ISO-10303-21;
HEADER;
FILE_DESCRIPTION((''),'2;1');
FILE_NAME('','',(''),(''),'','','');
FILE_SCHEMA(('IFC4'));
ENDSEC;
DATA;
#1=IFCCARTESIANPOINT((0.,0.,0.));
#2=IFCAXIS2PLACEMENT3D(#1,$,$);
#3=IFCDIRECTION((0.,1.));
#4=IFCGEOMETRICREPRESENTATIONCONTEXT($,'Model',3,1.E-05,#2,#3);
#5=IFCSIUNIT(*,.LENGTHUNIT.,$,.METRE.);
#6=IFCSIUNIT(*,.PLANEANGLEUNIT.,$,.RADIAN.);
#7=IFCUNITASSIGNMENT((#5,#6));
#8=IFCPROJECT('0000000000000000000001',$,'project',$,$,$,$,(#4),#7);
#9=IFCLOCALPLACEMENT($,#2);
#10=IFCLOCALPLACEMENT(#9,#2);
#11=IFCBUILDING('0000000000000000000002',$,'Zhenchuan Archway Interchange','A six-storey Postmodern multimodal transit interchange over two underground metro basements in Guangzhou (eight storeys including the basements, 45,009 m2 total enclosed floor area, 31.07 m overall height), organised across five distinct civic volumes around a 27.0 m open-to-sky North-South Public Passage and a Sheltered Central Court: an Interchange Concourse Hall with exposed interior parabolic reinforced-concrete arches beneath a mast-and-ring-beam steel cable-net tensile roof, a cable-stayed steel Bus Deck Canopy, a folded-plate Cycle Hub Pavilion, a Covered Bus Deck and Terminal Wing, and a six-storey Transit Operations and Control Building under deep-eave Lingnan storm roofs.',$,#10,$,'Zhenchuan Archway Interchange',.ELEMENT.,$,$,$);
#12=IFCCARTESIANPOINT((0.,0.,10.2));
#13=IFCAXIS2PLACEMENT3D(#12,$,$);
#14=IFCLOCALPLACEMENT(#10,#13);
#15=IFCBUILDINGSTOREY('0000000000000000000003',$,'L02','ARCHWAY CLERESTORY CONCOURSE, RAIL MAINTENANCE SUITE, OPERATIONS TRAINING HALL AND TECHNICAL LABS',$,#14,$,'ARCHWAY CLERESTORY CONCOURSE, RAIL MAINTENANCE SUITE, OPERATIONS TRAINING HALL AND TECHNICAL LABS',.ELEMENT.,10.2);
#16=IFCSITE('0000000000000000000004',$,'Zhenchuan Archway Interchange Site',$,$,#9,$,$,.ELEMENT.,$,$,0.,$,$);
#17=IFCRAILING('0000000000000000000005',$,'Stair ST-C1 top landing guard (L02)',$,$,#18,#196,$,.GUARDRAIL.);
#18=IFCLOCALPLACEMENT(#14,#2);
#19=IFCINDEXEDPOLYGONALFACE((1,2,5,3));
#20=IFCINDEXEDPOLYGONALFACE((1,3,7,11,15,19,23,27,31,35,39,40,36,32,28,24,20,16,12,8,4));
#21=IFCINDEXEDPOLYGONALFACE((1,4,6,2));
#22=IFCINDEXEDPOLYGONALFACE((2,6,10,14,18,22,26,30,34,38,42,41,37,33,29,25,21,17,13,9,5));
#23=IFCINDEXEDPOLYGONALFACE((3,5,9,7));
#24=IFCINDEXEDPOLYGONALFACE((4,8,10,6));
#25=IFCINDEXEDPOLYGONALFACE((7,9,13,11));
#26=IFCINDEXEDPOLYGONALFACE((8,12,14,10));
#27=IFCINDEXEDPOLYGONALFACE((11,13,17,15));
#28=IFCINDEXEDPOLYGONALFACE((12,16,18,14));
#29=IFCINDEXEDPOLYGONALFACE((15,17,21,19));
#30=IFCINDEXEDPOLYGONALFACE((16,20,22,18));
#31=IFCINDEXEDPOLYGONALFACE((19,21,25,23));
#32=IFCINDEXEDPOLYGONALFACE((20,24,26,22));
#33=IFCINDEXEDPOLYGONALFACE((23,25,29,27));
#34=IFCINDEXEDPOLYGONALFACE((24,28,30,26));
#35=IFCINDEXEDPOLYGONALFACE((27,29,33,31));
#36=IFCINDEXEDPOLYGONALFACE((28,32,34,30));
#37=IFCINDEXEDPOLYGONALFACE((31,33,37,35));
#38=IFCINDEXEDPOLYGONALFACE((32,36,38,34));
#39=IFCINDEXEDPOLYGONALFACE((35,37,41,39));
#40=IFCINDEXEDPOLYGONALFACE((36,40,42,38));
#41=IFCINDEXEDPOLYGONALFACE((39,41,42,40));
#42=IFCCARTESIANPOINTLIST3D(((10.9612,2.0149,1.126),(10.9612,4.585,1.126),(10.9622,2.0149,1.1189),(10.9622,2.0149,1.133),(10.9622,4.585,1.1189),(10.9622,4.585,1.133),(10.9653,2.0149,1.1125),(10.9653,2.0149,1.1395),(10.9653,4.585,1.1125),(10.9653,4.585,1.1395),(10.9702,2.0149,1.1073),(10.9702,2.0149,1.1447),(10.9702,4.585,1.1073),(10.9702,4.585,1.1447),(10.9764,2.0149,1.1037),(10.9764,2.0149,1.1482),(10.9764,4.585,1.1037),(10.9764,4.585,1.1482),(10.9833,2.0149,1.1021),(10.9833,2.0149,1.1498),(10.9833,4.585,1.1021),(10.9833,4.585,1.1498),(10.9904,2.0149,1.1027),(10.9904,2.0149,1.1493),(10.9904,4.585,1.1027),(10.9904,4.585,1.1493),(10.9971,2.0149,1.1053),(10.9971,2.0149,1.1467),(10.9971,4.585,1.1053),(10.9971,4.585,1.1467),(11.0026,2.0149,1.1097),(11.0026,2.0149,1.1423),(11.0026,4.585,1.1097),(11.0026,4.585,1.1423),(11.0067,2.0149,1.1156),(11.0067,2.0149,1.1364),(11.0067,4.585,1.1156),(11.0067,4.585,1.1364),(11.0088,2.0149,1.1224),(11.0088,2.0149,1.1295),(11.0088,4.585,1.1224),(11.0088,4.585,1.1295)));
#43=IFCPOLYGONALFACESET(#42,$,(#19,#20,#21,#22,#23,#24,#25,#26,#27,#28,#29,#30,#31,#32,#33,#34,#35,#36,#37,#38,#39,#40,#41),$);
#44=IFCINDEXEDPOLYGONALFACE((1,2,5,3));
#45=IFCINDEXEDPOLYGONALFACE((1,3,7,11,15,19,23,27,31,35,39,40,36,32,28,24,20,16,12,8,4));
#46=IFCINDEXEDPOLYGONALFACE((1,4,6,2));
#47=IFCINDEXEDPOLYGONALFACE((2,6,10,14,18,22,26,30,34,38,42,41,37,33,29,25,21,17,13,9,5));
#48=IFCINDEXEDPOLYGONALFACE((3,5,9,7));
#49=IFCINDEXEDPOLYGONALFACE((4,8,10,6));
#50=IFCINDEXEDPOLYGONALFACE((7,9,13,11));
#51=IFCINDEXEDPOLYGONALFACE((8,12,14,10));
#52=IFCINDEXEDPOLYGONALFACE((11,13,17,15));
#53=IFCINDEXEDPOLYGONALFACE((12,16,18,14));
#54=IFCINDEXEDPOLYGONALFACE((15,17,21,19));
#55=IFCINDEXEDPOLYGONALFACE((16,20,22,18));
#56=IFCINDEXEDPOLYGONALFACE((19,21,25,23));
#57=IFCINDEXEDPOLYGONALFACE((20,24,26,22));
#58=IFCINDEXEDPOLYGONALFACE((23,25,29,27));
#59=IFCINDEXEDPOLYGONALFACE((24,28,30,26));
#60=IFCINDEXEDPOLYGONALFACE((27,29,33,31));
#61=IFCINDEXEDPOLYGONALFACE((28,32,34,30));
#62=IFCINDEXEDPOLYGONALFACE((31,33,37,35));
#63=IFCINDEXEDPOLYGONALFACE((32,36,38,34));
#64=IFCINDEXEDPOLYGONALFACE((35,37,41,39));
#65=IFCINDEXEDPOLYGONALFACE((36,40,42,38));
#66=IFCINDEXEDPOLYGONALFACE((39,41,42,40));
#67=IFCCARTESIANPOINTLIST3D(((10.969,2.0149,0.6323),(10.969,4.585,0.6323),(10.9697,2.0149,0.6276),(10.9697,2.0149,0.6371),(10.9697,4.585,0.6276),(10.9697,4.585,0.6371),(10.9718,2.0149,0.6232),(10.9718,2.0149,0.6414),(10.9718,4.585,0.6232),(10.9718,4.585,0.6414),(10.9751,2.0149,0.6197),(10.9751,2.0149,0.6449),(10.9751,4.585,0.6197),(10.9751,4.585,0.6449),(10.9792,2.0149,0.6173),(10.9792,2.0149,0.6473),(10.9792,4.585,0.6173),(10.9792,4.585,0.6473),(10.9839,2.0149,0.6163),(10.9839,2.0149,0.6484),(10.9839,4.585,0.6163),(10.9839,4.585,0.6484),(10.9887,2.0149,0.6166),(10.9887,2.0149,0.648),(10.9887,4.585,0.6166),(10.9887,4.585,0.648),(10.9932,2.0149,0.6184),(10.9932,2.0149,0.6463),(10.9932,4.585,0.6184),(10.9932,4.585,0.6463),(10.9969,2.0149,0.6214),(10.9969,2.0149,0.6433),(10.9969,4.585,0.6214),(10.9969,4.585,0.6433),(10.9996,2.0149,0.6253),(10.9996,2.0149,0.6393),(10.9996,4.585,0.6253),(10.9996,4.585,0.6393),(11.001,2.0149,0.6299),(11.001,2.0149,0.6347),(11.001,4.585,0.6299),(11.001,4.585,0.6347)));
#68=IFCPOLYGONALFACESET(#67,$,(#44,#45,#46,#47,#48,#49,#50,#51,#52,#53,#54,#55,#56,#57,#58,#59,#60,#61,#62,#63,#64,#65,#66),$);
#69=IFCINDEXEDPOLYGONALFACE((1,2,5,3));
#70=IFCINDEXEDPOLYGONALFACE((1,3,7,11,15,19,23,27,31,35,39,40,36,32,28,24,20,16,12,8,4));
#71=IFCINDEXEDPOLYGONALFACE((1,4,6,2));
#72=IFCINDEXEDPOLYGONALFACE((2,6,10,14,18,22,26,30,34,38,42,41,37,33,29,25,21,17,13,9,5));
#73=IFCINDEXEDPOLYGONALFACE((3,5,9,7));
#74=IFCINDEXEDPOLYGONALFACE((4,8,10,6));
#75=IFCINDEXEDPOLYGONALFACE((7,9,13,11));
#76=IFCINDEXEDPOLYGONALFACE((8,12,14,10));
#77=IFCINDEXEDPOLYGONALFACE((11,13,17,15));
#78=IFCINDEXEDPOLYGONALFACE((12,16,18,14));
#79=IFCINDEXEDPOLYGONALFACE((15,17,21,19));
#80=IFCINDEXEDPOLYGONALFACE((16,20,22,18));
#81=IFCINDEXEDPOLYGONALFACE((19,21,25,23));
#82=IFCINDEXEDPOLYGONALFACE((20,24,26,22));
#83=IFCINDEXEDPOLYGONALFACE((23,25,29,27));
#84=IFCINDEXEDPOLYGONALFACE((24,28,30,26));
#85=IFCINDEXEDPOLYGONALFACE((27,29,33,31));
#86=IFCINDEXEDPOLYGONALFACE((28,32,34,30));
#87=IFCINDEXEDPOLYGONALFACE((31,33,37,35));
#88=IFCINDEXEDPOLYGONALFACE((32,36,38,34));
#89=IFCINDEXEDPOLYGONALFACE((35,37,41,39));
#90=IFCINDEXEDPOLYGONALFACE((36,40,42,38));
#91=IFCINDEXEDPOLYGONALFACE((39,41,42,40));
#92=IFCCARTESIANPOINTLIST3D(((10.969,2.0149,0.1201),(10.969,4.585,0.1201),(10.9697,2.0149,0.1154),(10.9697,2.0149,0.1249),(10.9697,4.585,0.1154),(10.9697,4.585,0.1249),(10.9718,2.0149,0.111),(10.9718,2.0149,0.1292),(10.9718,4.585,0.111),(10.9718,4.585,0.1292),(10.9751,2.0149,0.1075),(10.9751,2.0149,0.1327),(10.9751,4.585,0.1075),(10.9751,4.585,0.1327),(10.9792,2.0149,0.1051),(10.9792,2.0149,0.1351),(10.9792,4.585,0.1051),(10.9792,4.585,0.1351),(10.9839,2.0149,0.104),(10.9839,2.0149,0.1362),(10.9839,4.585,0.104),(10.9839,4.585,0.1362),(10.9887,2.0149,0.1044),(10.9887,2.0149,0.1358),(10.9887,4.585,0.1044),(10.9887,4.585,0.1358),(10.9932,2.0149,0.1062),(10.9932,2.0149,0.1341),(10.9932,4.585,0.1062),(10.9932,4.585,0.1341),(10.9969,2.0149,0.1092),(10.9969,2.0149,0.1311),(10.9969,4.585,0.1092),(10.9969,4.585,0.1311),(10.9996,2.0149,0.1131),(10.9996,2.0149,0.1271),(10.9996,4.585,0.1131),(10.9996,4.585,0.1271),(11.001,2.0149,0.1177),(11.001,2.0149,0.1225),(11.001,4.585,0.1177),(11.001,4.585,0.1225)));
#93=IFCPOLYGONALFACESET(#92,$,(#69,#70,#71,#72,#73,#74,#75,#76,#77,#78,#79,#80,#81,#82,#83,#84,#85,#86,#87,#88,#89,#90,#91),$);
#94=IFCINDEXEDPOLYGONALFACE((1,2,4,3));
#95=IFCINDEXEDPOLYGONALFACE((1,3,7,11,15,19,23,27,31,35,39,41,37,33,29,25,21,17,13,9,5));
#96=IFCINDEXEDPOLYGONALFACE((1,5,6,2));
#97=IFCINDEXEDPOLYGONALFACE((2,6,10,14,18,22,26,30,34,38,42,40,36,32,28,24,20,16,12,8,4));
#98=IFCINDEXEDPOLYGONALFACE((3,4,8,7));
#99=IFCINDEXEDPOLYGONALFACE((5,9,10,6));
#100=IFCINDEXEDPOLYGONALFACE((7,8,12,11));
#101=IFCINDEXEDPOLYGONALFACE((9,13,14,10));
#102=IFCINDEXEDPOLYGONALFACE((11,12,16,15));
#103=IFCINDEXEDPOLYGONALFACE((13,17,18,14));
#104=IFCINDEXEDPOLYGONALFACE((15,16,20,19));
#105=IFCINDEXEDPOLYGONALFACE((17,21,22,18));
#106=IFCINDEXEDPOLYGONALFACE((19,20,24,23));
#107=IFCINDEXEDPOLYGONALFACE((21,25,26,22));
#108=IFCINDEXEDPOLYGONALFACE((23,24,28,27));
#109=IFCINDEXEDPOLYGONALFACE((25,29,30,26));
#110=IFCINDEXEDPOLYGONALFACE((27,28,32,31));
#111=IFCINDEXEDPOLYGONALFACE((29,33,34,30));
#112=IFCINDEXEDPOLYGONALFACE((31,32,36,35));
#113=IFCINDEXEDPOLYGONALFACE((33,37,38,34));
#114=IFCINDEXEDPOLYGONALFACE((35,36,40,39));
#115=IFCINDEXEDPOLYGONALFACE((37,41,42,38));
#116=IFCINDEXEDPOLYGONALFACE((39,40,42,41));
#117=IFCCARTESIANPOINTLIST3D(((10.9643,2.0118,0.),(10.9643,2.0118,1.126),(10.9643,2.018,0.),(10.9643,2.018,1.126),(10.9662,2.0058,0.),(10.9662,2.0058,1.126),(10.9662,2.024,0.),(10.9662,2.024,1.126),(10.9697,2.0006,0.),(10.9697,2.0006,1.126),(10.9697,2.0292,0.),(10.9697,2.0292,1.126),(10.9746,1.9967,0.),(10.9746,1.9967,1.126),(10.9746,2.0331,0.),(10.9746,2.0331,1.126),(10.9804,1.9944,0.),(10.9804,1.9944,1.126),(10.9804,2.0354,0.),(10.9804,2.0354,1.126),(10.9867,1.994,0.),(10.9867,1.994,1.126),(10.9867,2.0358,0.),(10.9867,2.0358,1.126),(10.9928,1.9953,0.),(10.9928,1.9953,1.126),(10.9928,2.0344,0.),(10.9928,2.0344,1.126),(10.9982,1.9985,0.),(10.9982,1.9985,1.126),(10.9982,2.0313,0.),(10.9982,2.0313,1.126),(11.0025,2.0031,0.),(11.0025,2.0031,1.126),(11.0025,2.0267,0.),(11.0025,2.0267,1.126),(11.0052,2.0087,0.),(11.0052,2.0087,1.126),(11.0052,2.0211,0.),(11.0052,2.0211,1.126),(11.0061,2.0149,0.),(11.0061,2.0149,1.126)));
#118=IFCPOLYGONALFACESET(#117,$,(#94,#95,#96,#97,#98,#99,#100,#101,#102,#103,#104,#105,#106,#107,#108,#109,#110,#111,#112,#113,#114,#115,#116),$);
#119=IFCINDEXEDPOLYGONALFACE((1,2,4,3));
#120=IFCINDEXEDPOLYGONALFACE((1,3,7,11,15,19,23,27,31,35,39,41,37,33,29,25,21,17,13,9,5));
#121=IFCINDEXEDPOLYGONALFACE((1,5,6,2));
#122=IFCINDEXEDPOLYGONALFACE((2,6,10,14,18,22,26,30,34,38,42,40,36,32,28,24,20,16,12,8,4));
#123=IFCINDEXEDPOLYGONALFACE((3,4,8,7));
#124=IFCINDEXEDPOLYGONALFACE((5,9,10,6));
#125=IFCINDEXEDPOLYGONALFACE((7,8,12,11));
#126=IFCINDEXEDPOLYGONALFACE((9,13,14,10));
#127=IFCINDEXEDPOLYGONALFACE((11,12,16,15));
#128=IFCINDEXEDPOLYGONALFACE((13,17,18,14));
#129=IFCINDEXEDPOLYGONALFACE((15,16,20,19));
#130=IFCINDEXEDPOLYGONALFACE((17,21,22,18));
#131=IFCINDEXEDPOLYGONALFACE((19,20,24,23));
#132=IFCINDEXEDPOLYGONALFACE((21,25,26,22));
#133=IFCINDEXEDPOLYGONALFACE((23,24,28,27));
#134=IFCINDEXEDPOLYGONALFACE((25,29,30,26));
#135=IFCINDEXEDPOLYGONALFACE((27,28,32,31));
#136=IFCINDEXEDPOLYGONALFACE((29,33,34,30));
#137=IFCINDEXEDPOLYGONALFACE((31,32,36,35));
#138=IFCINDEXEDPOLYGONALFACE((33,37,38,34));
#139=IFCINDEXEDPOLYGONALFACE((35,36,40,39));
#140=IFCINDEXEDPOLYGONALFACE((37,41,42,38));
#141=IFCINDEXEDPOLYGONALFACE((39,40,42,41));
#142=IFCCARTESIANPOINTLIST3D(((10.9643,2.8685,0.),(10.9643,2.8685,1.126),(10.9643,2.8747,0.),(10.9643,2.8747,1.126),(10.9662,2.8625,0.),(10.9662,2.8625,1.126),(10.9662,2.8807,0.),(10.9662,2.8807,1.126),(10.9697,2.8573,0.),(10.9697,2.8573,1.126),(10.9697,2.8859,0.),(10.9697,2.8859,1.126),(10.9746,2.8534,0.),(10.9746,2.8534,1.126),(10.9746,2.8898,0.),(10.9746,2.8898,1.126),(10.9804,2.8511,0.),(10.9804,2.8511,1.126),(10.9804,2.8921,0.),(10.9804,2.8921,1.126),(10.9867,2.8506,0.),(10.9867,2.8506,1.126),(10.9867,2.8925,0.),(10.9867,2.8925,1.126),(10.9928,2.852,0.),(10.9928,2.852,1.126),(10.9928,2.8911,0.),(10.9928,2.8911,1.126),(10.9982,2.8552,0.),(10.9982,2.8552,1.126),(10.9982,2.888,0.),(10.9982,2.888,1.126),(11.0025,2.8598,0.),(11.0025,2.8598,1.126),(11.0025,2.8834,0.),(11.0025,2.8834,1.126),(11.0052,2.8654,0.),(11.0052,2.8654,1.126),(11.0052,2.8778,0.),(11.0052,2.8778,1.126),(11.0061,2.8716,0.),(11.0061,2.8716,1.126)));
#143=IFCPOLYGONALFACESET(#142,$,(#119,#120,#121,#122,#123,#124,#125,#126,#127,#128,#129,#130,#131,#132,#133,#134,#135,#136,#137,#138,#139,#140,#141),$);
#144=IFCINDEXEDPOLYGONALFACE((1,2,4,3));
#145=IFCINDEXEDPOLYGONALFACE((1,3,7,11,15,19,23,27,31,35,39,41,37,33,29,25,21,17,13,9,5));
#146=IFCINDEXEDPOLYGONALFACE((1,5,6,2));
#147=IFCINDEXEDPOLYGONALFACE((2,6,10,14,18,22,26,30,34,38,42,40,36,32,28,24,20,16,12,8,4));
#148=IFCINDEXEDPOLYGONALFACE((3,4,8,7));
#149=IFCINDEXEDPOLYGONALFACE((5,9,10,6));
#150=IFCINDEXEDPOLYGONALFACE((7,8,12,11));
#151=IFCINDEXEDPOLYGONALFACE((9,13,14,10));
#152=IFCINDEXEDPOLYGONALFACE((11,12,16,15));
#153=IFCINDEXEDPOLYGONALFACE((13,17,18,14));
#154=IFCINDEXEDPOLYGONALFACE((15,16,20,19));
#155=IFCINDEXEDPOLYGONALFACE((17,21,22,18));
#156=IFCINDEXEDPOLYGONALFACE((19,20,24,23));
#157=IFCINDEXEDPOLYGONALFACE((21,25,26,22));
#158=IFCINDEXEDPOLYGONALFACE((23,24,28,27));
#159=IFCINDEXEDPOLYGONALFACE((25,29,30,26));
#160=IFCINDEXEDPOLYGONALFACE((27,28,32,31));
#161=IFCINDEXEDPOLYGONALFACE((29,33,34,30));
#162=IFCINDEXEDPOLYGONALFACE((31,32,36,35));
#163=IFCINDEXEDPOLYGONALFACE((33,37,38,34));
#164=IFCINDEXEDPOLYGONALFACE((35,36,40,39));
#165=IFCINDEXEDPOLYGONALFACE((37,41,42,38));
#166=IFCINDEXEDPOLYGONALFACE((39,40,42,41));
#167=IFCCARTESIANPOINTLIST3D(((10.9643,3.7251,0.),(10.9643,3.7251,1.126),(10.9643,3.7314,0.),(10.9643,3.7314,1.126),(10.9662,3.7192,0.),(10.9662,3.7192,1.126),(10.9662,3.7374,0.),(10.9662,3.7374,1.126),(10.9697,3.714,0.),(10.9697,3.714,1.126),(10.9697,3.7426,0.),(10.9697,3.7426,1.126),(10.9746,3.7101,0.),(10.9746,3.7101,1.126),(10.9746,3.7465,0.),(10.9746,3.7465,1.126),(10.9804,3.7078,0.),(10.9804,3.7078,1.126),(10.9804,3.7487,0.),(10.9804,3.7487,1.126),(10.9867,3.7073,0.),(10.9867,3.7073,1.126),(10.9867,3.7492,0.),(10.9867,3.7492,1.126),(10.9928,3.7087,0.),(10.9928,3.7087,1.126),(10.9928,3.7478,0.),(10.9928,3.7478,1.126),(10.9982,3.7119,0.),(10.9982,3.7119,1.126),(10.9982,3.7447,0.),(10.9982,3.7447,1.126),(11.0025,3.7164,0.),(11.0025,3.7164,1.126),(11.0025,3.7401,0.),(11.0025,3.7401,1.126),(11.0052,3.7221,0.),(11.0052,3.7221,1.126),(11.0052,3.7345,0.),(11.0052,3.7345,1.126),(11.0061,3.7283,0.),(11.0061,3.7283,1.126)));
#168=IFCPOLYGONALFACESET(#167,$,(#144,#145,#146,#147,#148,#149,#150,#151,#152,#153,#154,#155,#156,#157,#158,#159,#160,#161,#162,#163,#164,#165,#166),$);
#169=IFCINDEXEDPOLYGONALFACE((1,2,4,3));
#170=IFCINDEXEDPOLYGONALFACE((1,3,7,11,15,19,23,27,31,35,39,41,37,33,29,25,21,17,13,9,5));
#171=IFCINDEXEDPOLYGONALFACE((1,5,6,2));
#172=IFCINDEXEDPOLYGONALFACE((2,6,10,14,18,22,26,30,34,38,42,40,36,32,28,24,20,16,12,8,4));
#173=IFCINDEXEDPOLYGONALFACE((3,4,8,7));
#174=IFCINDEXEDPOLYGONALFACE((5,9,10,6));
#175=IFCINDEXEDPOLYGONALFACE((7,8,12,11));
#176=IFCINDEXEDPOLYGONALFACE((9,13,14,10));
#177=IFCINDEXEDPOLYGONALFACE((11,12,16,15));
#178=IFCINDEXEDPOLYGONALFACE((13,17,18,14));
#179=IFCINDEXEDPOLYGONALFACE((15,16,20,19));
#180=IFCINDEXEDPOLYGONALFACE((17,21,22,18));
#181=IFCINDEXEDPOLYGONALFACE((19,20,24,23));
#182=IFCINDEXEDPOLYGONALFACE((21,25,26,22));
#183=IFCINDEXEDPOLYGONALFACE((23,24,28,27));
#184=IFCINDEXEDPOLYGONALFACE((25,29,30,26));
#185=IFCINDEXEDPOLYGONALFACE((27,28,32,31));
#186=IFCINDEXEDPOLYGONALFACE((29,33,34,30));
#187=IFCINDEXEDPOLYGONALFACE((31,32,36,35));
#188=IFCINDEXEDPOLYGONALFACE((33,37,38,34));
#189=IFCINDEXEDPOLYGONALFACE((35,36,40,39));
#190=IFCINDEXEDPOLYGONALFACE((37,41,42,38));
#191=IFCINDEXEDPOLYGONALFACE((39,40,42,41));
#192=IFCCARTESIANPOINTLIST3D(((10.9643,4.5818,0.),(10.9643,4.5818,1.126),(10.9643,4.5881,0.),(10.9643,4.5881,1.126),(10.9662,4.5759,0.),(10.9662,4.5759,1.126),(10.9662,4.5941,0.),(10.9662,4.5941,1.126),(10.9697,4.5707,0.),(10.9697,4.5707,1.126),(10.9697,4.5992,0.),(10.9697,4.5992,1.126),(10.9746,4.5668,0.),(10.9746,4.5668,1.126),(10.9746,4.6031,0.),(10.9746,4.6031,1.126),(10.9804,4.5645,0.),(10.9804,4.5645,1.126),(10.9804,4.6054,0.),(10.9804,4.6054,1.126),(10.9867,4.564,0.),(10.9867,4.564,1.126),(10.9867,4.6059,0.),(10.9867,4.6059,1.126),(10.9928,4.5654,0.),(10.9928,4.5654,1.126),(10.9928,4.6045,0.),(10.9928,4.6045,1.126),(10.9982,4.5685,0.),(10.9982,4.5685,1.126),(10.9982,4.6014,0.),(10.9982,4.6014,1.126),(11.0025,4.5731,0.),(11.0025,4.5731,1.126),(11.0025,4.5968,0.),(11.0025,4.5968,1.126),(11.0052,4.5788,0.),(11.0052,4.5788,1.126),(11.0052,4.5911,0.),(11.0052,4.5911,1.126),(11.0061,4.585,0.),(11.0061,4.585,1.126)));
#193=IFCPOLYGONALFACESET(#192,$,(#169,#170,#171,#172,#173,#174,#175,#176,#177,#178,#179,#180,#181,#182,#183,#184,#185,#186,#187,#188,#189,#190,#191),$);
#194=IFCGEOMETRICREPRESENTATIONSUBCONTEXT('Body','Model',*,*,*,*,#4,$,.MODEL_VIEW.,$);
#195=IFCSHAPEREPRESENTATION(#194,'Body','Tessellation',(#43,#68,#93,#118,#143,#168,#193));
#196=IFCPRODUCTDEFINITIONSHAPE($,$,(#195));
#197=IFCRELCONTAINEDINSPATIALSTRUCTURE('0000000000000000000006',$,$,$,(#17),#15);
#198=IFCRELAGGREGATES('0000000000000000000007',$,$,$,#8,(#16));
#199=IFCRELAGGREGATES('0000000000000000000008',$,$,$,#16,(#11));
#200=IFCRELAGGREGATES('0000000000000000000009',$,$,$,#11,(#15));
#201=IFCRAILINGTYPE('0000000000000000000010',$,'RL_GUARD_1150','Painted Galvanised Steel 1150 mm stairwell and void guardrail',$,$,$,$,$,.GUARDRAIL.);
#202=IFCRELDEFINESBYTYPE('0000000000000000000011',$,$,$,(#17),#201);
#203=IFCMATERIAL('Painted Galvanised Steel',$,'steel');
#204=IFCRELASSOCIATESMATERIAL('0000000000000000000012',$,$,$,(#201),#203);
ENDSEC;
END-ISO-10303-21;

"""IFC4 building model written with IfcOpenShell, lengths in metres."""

from ifc_helpers import new_model, si_unit, direction, frame, origin, origin_2d, place, context, subcontext, project, spatial, circle, extrude, material, type_object, element, save


model = new_model("IFC4")

# Units and contexts
model_context = context("Model", 3, precision=1e-05, world=origin(), true_north=direction((0.0, 1.0)))
body_context = subcontext(model_context, "Body", "Model", "MODEL_VIEW")
ifc_project = project(units=[si_unit("LENGTHUNIT", "METRE"), si_unit("PLANEANGLEUNIT", "RADIAN")], contexts=[model_context])

# Site, building, storey
site_placement = place(None, origin())
site = spatial("IfcSite", under=ifc_project, at=site_placement, Name="Zhenchuan Archway Interchange Site", CompositionType="ELEMENT", RefElevation=0.0)
building_placement = place(site_placement, origin())
building = spatial("IfcBuilding", under=site, at=building_placement, Name="Zhenchuan Archway Interchange", Description="A six-storey Postmodern multimodal transit interchange over two underground metro basements in Guangzhou (eight storeys including the basements, 45,009 m2 total enclosed floor area, 31.07 m overall height), organised across five distinct civic volumes around a 27.0 m open-to-sky North-South Public Passage and a Sheltered Central Court: an Interchange Concourse Hall with exposed interior parabolic reinforced-concrete arches beneath a mast-and-ring-beam steel cable-net tensile roof, a cable-stayed steel Bus Deck Canopy, a folded-plate Cycle Hub Pavilion, a Covered Bus Deck and Terminal Wing, and a six-storey Transit Operations and Control Building under deep-eave Lingnan storm roofs.", LongName="Zhenchuan Archway Interchange", CompositionType="ELEMENT")
storey_placement = place(building_placement, frame((0.0, 0.0, 10.2)))
storey = spatial("IfcBuildingStorey", under=building, at=storey_placement, Name="L02", Description="ARCHWAY CLERESTORY CONCOURSE, RAIL MAINTENANCE SUITE, OPERATIONS TRAINING HALL AND TECHNICAL LABS", LongName="ARCHWAY CLERESTORY CONCOURSE, RAIL MAINTENANCE SUITE, OPERATIONS TRAINING HALL AND TECHNICAL LABS", CompositionType="ELEMENT", Elevation=10.2)

# Shared definitions
ifc_material_1 = material(Name="Painted Galvanised Steel", Category="steel")

# Railing
railing_type = type_object("IfcRailingType", Name="RL_GUARD_1150", Description="Painted Galvanised Steel 1150 mm stairwell and void guardrail", PredefinedType="GUARDRAIL", material=ifc_material_1)
railing_placement = place(storey_placement, frame((10.9851, 2.0149, 0.0)))
element("IfcRailing", 1, at=railing_placement, inside=storey, type_object=railing_type, Name="Stair ST-C1 top landing guard (L02)", PredefinedType="GUARDRAIL", context=body_context, shape_type="SweptSolid", body=[
    extrude(circle(Radius=0.0239, at=origin_2d()), frame((0.0, 0.0, 1.126), z_axis=(0.0, 1.0, 0.0), x_axis=(-1.0, 0.0, 0.0)), (0.0, 0.0, 1.0), 2.5701),
    extrude(circle(Radius=0.0161, at=origin_2d()), frame((0.0, 0.0, 0.6323), z_axis=(0.0, 1.0, 0.0), x_axis=(-1.0, 0.0, 0.0)), (0.0, 0.0, 1.0), 2.5701),
    extrude(circle(Radius=0.0161, at=origin_2d()), frame((0.0, 0.0, 0.1201), z_axis=(0.0, 1.0, 0.0), x_axis=(-1.0, 0.0, 0.0)), (0.0, 0.0, 1.0), 2.5701),
    extrude(circle(Radius=0.021, at=origin_2d()), origin(), (0.0, 0.0, 1.0), 1.126),
    extrude(circle(Radius=0.021, at=origin_2d()), frame((0.0, 0.8567, 0.0)), (0.0, 0.0, 1.0), 1.126),
    extrude(circle(Radius=0.021, at=origin_2d()), frame((0.0, 1.7134, 0.0)), (0.0, 0.0, 1.0), 1.126),
    extrude(circle(Radius=0.021, at=origin_2d()), frame((0.0, 2.5701, 0.0)), (0.0, 0.0, 1.0), 1.126),
])

save(model, "model.ifc")
